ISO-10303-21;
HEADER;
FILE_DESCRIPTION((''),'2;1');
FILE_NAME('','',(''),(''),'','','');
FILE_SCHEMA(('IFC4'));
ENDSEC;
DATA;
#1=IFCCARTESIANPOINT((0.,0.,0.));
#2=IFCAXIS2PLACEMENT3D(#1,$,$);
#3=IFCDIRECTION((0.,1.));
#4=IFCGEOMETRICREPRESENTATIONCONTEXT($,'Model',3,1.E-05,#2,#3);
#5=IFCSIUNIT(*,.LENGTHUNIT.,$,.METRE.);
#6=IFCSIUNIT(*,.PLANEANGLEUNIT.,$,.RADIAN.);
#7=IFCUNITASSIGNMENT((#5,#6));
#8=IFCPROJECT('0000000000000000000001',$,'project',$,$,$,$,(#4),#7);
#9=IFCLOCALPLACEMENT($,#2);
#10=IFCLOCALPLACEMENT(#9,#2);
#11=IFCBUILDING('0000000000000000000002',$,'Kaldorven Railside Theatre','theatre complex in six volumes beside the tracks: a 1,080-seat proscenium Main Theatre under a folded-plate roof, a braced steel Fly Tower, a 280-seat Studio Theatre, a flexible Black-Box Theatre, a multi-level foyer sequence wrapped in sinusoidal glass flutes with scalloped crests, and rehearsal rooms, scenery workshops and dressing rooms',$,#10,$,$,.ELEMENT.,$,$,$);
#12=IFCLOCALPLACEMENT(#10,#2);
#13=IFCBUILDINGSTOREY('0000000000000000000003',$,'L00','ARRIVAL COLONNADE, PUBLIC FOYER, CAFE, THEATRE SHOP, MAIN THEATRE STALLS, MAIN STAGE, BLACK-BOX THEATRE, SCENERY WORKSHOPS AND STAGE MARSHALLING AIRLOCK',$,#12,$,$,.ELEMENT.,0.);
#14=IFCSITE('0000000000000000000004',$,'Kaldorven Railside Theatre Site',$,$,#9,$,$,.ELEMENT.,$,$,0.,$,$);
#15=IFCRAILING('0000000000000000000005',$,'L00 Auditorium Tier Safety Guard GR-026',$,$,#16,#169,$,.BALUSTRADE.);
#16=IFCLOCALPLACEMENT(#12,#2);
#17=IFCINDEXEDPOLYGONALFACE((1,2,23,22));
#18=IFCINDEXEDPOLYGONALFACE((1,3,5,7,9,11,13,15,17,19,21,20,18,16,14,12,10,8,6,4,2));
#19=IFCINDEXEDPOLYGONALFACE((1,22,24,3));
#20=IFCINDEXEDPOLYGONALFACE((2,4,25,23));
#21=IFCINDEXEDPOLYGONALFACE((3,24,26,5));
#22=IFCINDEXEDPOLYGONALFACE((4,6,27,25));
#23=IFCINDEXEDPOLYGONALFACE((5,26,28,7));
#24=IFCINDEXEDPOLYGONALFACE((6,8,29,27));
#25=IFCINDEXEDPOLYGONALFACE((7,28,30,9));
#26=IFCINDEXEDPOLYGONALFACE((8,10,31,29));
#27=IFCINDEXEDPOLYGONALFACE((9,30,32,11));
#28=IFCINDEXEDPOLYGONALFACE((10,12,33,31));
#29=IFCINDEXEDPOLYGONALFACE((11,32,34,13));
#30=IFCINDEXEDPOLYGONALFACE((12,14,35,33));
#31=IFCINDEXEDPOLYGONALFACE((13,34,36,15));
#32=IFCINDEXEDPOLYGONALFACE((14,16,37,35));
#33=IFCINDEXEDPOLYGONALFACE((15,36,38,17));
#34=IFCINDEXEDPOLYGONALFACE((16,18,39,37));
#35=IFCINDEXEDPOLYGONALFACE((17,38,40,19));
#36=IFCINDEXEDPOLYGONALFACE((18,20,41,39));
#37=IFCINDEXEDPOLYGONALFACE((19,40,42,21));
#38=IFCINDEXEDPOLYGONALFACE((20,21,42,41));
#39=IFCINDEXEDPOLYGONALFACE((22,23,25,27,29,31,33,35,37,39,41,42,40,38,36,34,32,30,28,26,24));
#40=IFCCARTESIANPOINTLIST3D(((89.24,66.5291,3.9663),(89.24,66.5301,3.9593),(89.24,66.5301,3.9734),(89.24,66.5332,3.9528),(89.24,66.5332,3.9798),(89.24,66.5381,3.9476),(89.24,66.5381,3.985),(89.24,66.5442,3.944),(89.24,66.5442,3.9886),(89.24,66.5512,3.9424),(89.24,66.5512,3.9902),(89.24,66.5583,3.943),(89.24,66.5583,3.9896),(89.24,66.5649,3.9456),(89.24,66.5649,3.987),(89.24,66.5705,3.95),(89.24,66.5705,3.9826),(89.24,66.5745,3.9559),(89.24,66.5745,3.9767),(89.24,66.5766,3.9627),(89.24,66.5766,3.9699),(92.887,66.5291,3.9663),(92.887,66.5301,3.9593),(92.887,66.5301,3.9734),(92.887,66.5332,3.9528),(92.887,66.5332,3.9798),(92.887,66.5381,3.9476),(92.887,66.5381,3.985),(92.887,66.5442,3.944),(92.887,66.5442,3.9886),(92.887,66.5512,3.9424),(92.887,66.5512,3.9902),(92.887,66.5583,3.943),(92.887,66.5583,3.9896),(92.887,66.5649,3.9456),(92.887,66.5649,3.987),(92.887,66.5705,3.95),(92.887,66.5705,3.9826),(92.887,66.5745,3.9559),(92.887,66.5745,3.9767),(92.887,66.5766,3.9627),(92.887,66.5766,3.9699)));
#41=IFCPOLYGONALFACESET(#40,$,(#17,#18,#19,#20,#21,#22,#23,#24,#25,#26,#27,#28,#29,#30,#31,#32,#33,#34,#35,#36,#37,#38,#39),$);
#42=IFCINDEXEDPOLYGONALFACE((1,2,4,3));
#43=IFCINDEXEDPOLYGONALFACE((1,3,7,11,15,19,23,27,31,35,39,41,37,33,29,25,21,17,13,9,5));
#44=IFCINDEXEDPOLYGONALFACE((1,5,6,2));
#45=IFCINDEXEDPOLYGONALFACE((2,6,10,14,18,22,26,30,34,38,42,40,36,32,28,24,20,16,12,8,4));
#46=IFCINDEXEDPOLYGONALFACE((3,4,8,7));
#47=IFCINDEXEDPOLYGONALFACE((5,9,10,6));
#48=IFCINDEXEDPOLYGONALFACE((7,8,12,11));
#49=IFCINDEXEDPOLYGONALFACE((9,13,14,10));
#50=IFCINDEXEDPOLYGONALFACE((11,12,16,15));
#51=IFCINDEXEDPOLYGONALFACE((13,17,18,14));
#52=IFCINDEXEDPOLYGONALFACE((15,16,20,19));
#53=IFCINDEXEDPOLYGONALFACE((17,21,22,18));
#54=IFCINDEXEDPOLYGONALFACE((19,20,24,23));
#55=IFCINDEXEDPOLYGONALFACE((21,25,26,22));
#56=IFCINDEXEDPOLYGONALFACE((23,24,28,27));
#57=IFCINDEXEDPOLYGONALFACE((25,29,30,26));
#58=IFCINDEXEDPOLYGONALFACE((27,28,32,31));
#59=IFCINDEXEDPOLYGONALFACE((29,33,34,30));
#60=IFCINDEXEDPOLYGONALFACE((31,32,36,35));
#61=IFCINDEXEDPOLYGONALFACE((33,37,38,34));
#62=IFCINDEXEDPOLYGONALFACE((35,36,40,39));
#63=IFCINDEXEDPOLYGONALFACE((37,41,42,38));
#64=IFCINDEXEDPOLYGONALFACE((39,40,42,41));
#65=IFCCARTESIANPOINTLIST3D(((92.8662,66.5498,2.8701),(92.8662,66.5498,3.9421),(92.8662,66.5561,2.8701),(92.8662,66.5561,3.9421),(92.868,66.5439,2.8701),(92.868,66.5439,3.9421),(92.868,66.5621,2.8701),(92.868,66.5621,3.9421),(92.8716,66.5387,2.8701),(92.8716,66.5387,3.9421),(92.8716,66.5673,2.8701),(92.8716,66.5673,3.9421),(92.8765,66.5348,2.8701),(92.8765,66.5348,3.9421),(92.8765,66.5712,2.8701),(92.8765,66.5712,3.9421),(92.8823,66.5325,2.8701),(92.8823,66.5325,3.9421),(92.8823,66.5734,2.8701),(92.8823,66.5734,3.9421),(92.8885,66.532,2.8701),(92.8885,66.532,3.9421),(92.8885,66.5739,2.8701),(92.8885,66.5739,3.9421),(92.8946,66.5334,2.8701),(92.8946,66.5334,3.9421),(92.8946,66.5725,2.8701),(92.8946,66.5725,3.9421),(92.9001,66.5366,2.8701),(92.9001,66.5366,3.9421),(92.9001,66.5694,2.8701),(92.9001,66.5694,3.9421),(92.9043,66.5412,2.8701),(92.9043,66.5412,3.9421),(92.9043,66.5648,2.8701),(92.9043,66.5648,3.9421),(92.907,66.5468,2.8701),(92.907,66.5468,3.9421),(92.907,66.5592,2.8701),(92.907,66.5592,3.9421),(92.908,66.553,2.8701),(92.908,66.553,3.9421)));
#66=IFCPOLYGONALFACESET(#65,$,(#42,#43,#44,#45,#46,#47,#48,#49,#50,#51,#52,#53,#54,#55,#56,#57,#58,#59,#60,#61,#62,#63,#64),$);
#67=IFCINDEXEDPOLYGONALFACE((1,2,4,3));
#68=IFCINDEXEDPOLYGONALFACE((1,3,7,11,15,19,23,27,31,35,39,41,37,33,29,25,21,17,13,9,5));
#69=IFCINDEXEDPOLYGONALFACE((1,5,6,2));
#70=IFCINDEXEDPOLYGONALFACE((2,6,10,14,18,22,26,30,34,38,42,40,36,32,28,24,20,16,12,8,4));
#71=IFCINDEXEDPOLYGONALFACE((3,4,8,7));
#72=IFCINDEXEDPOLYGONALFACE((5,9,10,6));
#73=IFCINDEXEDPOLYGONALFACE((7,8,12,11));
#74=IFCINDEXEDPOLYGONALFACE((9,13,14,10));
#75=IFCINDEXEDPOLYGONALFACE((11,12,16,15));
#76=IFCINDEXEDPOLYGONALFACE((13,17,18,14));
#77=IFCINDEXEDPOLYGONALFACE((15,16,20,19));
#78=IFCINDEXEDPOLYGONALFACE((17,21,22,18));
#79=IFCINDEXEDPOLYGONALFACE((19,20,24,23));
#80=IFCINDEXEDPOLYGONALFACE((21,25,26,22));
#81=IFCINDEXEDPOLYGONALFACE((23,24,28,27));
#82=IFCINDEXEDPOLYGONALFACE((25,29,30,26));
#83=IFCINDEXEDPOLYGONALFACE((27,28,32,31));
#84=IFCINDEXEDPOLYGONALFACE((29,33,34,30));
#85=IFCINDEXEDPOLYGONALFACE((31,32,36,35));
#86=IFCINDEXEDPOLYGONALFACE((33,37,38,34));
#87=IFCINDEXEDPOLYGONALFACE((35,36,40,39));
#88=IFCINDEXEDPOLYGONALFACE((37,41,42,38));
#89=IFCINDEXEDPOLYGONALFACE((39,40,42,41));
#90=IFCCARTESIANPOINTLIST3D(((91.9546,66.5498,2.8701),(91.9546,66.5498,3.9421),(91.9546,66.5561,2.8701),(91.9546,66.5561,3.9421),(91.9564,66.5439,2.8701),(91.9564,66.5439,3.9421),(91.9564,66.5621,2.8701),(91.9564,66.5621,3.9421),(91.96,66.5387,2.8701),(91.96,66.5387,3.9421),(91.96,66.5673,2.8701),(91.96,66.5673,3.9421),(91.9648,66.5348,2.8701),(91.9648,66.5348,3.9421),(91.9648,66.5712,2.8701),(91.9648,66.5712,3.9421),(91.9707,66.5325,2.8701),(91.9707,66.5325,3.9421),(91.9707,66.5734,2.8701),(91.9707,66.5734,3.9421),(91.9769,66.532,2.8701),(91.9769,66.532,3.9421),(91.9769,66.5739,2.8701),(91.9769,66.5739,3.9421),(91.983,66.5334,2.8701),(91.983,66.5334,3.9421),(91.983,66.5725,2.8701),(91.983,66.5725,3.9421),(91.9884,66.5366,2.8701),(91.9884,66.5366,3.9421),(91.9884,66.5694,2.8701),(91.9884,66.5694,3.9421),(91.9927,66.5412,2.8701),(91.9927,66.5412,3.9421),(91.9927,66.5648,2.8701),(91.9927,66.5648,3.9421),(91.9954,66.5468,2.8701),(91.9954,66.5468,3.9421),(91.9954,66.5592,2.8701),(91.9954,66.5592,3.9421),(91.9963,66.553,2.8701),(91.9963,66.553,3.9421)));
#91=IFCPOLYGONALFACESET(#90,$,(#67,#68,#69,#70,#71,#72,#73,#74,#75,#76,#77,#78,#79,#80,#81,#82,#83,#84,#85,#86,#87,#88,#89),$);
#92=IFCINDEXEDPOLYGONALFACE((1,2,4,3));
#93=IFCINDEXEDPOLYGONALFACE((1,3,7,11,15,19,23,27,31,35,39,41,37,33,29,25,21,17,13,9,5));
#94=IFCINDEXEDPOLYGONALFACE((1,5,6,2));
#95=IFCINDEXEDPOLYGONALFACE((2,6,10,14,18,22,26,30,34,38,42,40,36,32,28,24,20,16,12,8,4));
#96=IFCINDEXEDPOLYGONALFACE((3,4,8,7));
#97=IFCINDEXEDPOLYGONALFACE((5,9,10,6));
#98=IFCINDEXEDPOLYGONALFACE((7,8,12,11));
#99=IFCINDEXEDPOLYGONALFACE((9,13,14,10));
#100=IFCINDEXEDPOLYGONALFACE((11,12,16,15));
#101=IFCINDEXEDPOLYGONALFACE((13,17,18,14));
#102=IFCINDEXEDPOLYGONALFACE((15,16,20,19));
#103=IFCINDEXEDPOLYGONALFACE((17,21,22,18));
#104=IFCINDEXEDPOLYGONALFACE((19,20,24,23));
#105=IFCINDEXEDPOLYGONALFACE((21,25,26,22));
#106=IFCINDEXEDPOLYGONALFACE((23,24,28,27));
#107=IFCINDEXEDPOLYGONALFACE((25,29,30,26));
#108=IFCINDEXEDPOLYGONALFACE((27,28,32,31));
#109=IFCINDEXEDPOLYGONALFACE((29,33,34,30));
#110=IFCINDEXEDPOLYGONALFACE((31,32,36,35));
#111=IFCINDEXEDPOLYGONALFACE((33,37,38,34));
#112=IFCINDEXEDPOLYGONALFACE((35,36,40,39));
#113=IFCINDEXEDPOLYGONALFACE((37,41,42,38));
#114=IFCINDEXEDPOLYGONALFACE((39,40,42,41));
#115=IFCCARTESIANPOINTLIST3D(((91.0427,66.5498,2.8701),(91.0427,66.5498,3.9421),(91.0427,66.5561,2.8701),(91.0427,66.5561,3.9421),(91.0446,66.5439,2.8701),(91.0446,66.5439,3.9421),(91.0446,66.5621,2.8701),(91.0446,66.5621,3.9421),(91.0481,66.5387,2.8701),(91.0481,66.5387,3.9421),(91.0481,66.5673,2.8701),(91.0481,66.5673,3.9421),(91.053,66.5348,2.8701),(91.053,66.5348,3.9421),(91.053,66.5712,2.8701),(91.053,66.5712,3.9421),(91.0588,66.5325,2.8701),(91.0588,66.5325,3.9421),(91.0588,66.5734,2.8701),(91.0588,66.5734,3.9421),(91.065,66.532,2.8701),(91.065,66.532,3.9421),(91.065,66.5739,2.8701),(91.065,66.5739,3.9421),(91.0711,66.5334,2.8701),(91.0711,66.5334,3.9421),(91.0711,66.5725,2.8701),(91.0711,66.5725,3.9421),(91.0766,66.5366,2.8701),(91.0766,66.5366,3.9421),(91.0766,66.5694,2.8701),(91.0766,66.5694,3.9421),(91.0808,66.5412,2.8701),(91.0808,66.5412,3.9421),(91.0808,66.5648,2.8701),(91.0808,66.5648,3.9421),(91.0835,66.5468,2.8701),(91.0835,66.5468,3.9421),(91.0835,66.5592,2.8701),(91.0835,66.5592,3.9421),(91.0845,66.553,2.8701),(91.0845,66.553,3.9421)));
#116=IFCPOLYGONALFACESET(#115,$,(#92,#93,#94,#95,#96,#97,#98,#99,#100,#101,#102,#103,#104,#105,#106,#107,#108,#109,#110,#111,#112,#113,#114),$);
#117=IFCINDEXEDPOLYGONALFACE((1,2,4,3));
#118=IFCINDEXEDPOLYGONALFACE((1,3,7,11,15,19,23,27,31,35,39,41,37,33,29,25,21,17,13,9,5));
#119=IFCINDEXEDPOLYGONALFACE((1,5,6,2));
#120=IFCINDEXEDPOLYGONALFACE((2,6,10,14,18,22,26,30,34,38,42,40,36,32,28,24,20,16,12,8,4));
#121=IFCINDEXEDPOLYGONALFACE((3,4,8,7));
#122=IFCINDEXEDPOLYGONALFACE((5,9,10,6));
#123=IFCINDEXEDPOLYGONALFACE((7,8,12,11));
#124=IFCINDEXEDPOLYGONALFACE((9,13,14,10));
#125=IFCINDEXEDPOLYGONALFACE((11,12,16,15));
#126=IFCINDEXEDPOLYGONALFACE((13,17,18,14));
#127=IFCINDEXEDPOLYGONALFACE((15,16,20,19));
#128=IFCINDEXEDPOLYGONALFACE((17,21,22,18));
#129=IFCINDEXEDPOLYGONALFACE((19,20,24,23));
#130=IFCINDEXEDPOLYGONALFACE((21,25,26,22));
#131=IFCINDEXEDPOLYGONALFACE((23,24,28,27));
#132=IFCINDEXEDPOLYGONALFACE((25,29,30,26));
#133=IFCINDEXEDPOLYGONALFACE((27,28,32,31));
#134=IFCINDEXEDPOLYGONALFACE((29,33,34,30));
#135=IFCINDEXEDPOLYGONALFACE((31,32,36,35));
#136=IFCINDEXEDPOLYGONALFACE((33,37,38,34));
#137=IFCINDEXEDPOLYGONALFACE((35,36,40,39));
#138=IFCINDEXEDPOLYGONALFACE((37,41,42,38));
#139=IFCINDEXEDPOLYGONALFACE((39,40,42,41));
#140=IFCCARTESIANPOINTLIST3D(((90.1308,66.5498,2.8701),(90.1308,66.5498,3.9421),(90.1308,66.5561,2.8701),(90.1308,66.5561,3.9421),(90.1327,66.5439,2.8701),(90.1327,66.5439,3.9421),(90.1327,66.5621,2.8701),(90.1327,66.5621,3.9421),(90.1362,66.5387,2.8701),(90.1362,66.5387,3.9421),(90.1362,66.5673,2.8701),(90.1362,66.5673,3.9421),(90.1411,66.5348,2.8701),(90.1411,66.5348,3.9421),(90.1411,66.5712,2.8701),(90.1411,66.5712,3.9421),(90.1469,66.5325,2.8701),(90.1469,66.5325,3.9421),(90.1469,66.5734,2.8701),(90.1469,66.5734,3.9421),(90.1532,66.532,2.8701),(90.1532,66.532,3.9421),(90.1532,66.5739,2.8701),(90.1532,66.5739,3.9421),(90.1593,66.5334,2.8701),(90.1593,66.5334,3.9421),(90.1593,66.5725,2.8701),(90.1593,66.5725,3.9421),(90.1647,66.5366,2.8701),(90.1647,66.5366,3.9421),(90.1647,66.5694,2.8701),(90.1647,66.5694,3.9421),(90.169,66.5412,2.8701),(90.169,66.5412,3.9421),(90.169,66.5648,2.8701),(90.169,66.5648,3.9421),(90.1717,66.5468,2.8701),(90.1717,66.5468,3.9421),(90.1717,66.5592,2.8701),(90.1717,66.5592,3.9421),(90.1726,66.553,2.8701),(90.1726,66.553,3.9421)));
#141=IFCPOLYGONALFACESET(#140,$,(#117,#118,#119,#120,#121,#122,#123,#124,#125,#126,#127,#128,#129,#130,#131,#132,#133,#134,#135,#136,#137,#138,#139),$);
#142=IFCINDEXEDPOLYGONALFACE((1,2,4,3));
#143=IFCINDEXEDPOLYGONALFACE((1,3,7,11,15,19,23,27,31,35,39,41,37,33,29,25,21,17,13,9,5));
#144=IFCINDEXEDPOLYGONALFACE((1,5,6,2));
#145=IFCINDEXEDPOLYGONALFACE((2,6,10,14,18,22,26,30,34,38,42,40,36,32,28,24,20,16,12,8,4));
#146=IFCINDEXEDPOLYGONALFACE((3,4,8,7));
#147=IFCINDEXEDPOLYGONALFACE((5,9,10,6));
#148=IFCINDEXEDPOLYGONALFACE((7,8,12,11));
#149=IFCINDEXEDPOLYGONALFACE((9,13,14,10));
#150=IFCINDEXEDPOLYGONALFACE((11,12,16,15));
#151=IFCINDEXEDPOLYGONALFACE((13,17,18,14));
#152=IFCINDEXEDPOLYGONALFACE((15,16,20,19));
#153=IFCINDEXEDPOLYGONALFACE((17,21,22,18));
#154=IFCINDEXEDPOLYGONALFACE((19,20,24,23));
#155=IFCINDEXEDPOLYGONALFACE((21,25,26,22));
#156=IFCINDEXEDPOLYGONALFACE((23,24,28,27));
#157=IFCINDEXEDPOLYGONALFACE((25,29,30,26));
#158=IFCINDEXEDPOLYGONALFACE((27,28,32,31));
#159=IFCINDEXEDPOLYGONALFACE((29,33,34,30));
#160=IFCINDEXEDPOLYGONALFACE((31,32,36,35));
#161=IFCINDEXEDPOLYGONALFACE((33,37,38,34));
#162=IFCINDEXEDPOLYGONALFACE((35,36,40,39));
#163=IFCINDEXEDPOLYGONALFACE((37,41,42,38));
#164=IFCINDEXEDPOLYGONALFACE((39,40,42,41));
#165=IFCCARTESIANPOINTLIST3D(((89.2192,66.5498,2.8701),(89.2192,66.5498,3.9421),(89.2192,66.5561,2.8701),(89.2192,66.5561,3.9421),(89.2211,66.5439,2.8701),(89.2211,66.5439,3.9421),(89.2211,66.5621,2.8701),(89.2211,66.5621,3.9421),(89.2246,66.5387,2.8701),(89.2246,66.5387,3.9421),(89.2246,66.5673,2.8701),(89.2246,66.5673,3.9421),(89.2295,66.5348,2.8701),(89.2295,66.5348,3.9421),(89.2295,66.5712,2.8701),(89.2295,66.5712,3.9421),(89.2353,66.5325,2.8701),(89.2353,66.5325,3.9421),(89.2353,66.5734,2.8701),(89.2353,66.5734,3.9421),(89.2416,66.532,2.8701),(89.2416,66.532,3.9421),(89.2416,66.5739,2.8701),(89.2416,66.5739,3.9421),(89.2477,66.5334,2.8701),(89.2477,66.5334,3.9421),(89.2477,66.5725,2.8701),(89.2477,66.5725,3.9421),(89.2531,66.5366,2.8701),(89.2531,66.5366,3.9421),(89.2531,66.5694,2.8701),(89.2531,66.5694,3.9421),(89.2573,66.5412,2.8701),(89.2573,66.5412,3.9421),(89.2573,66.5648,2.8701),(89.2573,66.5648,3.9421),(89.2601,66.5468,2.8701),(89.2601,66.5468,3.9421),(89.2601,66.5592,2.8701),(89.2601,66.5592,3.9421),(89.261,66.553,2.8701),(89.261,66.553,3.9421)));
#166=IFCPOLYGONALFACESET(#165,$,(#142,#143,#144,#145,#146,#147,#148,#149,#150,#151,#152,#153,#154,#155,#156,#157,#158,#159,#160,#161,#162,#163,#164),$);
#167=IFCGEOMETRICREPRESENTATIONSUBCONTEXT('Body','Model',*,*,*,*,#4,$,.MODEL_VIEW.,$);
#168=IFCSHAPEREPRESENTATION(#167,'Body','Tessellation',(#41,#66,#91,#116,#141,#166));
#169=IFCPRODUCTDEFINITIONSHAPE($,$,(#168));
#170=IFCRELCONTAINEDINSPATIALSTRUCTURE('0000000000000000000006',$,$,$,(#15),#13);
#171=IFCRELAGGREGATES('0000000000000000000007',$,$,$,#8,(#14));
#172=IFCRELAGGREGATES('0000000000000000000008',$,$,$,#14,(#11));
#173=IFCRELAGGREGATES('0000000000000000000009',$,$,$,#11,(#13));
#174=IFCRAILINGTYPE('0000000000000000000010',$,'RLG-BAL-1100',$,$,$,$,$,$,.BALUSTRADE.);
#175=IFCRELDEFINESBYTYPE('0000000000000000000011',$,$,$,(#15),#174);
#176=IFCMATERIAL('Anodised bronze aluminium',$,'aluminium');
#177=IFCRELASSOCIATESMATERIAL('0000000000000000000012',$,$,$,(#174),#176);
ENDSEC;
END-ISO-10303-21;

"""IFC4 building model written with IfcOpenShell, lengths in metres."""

from ifc_helpers import new_model, si_unit, direction, frame, origin, origin_2d, place, context, subcontext, project, spatial, circle, extrude, material, type_object, element, save


model = new_model("IFC4")

# Units and contexts
model_context = context("Model", 3, precision=1e-05, world=origin(), true_north=direction((0.0, 1.0)))
body_context = subcontext(model_context, "Body", "Model", "MODEL_VIEW")
ifc_project = project(units=[si_unit("LENGTHUNIT", "METRE"), si_unit("PLANEANGLEUNIT", "RADIAN")], contexts=[model_context])

# Site, building, storey
site_placement = place(None, origin())
site = spatial("IfcSite", under=ifc_project, at=site_placement, Name="Kaldorven Railside Theatre Site", CompositionType="ELEMENT", RefElevation=0.0)
building_placement = place(site_placement, origin())
building = spatial("IfcBuilding", under=site, at=building_placement, Name="Kaldorven Railside Theatre", Description="theatre complex in six volumes beside the tracks: a 1,080-seat proscenium Main Theatre under a folded-plate roof, a braced steel Fly Tower, a 280-seat Studio Theatre, a flexible Black-Box Theatre, a multi-level foyer sequence wrapped in sinusoidal glass flutes with scalloped crests, and rehearsal rooms, scenery workshops and dressing rooms", CompositionType="ELEMENT")
storey_placement = place(building_placement, origin())
storey = spatial("IfcBuildingStorey", under=building, at=storey_placement, Name="L00", Description="ARRIVAL COLONNADE, PUBLIC FOYER, CAFE, THEATRE SHOP, MAIN THEATRE STALLS, MAIN STAGE, BLACK-BOX THEATRE, SCENERY WORKSHOPS AND STAGE MARSHALLING AIRLOCK", CompositionType="ELEMENT", Elevation=0.0)

# Railing
ifc_material_1 = material(Name="Anodised bronze aluminium", Category="aluminium")
railing_type = type_object("IfcRailingType", Name="RLG-BAL-1100", PredefinedType="BALUSTRADE", material=ifc_material_1)
railing_1_placement = place(storey_placement, frame((92.887, 66.553, 2.8701)))
element("IfcRailing", 1, at=railing_1_placement, inside=storey, type_object=railing_type, Name="L00 Auditorium Tier Safety Guard GR-026", PredefinedType="BALUSTRADE", context=body_context, shape_type="SweptSolid", body=[
    extrude(circle(Radius=0.0239, at=origin_2d()), frame((0.0, 0.0, 1.0962), z_axis=(-1.0, 0.0, 0.0), x_axis=(0.0, -1.0, 0.0)), (0.0, 0.0, 1.0), 3.647),
    extrude(circle(Radius=0.021, at=origin_2d()), origin(), (0.0, 0.0, 1.0), 1.072),
    extrude(circle(Radius=0.021, at=origin_2d()), frame((-0.9116, 0.0, 0.0)), (0.0, 0.0, 1.0), 1.072),
    extrude(circle(Radius=0.021, at=origin_2d()), frame((-1.8235, 0.0, 0.0)), (0.0, 0.0, 1.0), 1.072),
    extrude(circle(Radius=0.021, at=origin_2d()), frame((-2.7354, 0.0, 0.0)), (0.0, 0.0, 1.0), 1.072),
    extrude(circle(Radius=0.021, at=origin_2d()), frame((-3.647, 0.0, 0.0)), (0.0, 0.0, 1.0), 1.072),
])

save(model, "model.ifc")
